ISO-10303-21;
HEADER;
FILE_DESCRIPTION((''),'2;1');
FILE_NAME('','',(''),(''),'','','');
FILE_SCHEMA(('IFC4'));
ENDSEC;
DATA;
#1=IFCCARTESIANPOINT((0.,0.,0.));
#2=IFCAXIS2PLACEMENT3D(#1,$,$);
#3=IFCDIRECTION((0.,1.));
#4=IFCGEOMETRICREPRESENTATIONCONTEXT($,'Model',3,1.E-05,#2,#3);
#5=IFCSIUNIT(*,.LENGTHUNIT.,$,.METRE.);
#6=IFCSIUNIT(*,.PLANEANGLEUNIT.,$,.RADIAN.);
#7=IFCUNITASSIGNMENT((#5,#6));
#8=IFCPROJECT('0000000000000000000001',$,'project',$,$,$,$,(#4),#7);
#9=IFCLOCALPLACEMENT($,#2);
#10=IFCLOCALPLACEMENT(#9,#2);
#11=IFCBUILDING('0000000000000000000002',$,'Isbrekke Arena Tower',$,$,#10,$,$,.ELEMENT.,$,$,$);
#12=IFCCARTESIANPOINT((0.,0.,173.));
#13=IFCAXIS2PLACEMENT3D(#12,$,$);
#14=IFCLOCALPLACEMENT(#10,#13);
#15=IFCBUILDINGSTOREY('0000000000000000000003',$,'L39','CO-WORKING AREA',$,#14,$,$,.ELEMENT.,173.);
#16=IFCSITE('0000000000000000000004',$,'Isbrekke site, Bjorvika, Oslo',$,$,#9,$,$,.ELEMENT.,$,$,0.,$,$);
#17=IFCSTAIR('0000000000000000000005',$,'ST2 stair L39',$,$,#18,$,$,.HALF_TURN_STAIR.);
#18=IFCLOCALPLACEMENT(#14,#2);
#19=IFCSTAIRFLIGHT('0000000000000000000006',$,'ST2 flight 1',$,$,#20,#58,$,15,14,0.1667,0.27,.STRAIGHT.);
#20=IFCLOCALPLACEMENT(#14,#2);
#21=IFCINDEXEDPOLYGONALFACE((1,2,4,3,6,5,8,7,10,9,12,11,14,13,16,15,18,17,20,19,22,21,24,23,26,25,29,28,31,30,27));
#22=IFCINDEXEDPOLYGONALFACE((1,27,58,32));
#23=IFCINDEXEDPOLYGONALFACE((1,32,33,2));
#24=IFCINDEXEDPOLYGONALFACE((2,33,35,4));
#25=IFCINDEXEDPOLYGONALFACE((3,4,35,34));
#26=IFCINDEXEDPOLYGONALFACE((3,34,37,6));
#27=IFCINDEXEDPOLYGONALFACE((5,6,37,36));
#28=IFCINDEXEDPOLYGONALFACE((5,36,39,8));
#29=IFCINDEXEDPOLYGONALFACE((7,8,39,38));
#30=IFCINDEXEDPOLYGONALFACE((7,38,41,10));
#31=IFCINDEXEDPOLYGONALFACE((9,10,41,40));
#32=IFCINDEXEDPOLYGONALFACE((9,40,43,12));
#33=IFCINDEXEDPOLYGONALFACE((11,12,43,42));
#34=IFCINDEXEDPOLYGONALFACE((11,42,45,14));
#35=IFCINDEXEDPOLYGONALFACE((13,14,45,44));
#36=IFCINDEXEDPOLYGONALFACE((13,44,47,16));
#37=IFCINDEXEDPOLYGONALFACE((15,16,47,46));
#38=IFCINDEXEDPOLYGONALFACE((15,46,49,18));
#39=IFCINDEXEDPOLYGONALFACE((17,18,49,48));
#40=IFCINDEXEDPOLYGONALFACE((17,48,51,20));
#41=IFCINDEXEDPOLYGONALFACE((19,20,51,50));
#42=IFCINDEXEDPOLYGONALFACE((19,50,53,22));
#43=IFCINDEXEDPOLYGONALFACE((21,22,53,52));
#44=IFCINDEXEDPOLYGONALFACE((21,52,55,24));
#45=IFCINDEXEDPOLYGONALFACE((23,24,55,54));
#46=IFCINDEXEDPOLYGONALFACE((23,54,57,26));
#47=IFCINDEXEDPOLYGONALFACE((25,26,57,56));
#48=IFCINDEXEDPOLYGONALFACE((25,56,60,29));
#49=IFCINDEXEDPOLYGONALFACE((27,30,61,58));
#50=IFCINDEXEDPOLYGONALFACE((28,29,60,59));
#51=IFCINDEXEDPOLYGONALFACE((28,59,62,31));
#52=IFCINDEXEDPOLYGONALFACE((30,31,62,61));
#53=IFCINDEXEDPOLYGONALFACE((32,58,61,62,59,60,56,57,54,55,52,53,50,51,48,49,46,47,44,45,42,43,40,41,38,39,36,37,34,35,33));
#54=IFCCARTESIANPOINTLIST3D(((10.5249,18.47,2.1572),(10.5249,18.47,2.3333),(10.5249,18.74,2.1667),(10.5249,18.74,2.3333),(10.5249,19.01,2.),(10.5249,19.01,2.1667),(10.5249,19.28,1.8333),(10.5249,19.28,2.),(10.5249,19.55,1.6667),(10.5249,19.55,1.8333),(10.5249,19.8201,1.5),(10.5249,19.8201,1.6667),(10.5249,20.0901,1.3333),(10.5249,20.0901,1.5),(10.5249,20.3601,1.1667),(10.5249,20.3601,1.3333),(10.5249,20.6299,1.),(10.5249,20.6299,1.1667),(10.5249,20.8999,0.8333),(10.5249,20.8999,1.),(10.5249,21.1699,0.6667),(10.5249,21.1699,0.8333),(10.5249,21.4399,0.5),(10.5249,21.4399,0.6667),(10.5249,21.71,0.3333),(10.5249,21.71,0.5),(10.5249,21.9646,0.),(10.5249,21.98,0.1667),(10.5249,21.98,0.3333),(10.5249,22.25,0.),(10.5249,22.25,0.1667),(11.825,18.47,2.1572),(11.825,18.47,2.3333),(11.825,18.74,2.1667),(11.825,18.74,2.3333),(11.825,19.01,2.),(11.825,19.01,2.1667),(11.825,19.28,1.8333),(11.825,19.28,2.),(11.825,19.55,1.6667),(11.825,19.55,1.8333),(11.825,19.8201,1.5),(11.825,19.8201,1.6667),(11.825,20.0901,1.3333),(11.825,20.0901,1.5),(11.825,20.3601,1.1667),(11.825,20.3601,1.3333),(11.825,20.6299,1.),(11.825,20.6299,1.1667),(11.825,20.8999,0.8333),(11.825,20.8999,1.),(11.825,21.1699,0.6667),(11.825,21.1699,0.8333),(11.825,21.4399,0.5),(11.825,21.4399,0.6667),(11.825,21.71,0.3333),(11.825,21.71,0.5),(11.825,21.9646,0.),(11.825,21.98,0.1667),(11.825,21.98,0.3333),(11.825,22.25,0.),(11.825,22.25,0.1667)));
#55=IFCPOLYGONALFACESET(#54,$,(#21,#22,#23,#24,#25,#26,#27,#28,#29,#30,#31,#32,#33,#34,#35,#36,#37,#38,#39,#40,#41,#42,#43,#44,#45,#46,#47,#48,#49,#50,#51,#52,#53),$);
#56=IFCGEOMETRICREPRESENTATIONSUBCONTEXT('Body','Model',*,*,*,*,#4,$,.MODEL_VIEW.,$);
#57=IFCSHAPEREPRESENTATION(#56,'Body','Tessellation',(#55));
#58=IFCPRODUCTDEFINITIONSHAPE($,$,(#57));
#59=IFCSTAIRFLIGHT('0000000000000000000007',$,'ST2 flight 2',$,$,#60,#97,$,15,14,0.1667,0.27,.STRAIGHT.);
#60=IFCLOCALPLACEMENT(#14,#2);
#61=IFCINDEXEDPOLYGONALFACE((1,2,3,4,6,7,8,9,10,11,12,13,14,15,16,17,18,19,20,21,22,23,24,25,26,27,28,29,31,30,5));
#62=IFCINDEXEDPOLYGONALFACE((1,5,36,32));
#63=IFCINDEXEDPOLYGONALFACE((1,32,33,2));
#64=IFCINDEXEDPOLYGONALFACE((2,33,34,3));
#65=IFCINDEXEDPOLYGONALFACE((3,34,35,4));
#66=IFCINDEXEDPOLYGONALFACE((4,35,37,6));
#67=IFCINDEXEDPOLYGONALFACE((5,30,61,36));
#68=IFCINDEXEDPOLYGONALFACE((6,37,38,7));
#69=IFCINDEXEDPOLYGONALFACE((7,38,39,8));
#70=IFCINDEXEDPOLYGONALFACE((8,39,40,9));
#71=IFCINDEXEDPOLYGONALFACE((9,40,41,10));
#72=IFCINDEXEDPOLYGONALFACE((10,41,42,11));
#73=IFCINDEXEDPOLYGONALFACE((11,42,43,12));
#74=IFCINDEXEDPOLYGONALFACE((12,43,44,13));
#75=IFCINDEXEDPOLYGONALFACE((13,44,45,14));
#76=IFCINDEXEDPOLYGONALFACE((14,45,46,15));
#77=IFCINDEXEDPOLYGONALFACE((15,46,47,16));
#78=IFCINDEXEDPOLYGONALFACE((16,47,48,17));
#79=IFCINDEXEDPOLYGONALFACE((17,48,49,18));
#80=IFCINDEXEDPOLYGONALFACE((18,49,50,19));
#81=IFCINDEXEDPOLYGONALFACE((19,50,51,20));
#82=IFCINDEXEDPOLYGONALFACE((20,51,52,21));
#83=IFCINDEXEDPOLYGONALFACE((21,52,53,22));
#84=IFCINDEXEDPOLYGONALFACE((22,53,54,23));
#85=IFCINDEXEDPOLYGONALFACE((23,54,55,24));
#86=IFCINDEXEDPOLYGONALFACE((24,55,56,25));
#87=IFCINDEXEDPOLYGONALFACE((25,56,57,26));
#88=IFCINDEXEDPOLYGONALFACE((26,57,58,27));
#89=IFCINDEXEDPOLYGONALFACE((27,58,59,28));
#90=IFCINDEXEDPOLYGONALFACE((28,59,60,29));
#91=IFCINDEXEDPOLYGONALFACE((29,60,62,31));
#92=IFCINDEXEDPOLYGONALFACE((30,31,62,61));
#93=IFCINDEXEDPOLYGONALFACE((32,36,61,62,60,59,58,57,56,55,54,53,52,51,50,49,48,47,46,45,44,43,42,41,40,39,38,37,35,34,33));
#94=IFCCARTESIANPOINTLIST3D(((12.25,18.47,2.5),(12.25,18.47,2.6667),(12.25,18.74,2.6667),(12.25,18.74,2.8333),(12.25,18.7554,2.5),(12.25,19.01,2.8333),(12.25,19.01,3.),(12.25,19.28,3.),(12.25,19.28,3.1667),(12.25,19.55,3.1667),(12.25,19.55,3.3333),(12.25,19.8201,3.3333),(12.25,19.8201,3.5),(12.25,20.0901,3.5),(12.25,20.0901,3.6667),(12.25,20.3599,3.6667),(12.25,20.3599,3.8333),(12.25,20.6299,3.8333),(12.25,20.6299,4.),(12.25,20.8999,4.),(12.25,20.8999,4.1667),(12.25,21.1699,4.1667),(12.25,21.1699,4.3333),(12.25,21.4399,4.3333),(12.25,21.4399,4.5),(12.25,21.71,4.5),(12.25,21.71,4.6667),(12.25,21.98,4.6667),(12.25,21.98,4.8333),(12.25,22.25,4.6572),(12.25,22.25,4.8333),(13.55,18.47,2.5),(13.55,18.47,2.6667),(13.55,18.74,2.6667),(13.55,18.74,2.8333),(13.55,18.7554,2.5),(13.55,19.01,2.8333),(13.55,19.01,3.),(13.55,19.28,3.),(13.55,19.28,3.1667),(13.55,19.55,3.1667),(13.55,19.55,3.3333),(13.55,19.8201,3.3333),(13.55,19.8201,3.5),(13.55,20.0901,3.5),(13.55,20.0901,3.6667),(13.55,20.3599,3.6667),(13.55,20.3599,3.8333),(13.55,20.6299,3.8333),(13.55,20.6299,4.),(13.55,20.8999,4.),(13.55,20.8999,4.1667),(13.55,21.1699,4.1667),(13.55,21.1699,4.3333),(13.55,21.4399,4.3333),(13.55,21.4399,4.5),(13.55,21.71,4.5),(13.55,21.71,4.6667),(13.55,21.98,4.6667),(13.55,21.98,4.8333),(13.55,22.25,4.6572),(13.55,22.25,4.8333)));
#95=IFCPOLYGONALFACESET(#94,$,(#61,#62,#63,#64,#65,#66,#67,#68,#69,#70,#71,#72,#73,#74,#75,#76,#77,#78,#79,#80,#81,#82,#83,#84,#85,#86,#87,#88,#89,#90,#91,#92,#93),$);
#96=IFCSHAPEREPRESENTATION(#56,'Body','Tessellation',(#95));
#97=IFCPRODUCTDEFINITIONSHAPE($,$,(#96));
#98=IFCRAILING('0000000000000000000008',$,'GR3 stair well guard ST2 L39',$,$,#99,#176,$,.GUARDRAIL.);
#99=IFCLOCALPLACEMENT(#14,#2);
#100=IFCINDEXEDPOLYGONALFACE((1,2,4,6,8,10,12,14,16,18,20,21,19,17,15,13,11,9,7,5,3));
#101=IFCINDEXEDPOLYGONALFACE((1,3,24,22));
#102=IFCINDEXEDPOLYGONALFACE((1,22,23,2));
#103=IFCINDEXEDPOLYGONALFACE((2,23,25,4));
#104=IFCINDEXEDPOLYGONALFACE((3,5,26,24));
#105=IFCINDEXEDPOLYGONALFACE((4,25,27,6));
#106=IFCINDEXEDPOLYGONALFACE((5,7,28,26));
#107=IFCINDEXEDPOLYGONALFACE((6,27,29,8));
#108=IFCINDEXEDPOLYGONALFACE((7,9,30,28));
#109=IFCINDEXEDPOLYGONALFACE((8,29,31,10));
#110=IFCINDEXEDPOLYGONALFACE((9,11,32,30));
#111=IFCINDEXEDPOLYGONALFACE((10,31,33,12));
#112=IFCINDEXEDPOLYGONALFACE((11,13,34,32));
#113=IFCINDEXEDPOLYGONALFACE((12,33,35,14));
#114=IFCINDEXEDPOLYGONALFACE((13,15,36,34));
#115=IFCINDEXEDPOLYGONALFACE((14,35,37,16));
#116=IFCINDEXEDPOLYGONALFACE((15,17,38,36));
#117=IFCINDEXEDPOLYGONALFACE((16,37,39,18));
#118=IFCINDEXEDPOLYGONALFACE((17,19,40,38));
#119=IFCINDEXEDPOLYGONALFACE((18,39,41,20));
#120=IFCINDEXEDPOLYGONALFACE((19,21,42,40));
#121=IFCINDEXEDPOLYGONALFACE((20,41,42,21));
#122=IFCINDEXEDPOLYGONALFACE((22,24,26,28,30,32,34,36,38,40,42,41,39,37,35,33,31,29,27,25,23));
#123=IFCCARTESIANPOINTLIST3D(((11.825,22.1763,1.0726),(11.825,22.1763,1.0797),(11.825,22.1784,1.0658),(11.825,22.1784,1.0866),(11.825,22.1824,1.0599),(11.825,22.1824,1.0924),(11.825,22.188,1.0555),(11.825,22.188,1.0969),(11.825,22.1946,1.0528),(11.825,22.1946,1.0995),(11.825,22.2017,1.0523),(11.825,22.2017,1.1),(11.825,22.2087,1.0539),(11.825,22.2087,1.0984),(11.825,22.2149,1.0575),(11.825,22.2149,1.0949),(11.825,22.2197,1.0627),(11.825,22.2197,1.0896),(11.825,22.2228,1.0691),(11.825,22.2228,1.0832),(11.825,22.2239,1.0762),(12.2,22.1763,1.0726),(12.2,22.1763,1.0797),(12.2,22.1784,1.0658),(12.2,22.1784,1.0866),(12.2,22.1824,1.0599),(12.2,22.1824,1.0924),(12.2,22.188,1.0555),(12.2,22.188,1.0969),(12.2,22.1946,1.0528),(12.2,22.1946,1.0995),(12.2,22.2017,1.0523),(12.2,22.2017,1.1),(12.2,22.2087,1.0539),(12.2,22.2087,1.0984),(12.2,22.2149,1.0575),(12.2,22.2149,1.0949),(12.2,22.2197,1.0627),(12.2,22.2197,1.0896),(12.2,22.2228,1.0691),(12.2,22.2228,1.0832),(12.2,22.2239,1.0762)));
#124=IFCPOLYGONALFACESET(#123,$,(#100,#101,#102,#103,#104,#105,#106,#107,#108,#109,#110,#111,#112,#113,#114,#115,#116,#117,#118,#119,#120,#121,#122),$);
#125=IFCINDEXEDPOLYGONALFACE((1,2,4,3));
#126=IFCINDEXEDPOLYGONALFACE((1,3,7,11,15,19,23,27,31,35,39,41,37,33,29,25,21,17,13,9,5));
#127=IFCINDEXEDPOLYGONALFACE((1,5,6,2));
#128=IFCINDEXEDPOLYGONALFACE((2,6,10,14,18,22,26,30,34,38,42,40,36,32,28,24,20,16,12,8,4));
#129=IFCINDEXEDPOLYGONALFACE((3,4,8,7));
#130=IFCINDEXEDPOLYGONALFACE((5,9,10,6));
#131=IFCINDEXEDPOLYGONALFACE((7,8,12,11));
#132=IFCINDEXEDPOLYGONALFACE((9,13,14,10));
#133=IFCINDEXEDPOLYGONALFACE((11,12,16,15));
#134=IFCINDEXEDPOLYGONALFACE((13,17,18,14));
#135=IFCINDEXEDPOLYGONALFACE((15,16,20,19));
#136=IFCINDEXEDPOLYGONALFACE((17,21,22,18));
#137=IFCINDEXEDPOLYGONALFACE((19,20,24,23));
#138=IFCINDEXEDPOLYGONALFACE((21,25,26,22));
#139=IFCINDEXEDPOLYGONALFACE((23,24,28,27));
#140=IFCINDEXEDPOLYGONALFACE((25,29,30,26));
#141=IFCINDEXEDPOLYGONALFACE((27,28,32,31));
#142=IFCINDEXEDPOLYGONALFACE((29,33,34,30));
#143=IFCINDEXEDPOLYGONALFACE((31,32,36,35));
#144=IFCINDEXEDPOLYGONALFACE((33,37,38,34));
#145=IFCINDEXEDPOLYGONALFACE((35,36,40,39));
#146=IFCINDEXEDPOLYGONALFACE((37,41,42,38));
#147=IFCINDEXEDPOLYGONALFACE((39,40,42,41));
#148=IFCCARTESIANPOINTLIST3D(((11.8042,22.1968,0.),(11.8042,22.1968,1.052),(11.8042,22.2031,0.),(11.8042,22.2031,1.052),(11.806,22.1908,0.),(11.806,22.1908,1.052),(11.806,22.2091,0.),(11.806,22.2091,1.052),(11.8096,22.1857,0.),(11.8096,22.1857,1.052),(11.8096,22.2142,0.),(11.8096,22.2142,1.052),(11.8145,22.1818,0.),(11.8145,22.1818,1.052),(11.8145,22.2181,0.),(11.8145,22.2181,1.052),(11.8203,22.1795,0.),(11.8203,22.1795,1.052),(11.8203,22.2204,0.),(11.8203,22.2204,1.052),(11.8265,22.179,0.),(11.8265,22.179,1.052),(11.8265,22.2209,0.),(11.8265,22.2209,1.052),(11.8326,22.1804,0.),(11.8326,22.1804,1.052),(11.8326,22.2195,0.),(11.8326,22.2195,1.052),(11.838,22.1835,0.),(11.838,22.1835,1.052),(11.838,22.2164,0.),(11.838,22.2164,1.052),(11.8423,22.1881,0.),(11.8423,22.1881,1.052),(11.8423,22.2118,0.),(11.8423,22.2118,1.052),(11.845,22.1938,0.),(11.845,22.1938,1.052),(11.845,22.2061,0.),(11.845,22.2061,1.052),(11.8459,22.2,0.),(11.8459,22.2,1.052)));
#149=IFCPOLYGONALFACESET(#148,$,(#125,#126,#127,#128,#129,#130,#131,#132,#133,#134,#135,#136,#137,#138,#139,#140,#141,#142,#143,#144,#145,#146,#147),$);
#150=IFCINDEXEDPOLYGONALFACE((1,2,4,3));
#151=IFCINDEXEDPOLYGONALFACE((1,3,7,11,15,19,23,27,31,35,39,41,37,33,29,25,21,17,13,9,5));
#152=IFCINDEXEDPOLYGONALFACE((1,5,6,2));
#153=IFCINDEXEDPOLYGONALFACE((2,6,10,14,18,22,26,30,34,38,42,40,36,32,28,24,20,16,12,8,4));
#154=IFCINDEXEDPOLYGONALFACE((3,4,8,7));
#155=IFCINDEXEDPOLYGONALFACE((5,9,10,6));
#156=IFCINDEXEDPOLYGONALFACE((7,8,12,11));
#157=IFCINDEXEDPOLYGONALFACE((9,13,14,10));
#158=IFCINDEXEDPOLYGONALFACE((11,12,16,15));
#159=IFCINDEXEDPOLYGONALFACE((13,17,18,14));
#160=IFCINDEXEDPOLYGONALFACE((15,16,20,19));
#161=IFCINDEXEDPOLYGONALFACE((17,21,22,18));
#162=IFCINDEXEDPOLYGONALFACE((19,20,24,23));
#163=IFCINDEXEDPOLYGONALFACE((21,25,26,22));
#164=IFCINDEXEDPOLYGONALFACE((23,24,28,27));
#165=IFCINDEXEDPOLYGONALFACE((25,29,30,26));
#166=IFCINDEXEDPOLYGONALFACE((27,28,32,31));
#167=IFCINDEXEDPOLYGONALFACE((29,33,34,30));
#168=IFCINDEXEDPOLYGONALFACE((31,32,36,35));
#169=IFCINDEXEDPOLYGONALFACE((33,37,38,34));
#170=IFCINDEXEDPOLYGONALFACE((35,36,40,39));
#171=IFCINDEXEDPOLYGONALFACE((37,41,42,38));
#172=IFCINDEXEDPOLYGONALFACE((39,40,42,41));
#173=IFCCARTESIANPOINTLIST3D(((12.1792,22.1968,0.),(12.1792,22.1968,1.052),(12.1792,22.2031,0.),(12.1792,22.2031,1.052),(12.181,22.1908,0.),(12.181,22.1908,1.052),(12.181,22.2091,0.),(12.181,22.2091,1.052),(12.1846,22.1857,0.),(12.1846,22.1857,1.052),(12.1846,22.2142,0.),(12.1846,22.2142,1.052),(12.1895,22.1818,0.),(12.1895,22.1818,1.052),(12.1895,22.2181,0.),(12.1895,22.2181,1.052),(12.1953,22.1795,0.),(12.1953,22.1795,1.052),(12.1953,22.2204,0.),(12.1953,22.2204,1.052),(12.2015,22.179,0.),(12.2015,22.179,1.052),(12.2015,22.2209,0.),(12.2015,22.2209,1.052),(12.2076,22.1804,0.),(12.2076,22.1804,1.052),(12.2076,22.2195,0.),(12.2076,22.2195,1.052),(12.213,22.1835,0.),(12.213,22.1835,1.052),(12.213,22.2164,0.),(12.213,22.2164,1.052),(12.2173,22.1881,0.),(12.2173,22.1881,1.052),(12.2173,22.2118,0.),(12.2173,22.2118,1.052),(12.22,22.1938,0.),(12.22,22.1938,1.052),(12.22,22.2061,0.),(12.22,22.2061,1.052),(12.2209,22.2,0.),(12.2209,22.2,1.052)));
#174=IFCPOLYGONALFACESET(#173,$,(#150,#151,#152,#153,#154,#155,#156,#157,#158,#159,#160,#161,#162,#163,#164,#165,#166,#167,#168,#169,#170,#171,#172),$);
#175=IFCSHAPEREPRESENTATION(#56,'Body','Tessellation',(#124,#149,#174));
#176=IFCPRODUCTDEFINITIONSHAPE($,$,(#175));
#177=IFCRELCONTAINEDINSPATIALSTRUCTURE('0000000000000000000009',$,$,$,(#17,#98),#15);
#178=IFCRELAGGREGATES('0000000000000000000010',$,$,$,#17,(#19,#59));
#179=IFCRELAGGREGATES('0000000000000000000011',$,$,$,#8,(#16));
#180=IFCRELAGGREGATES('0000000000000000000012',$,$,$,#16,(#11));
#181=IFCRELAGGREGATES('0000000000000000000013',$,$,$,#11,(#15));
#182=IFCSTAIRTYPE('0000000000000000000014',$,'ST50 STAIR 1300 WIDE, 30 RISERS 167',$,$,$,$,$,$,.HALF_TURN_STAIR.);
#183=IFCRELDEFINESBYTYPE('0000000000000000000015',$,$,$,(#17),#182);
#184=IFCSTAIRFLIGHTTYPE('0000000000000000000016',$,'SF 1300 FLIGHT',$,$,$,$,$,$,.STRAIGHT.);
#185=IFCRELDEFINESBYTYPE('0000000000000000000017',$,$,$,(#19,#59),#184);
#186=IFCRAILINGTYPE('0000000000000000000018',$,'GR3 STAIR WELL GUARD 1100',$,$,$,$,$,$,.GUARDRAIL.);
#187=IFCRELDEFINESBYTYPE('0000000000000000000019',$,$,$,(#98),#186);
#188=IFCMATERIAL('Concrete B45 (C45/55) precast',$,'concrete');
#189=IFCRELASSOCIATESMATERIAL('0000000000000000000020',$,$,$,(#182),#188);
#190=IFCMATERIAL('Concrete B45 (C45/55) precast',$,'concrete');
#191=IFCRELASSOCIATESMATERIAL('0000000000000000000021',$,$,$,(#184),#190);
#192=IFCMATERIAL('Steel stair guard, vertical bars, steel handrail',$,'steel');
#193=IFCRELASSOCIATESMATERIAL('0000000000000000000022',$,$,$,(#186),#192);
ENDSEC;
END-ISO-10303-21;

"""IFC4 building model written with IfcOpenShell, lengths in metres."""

from ifc_helpers import new_model, si_unit, direction, frame, origin, origin_2d, place, context, subcontext, project, spatial, polyline, circle, outline, extrude, material, type_object, element, aggregate, save


model = new_model("IFC4")

# Units and contexts
model_context = context("Model", 3, precision=1e-05, world=origin(), true_north=direction((0.0, 1.0)))
body_context = subcontext(model_context, "Body", "Model", "MODEL_VIEW")
ifc_project = project(units=[si_unit("LENGTHUNIT", "METRE"), si_unit("PLANEANGLEUNIT", "RADIAN")], contexts=[model_context])

# Site, building, storey
site_placement = place(None, origin())
site = spatial("IfcSite", under=ifc_project, at=site_placement, Name="Isbrekke site, Bjorvika, Oslo", CompositionType="ELEMENT", RefElevation=0.0)
building_placement = place(site_placement, origin())
building = spatial("IfcBuilding", under=site, at=building_placement, Name="Isbrekke Arena Tower", CompositionType="ELEMENT")
storey_placement = place(building_placement, frame((0.0, 0.0, 173.0)))
storey = spatial("IfcBuildingStorey", under=building, at=storey_placement, Name="L39", Description="CO-WORKING AREA", CompositionType="ELEMENT", Elevation=173.0)

# Stair, stair flights
ifc_material_1 = material(Name="Concrete B45 (C45/55) precast", Category="concrete")
stair_type = type_object("IfcStairType", Name="ST50 STAIR 1300 WIDE, 30 RISERS 167", PredefinedType="HALF_TURN_STAIR", material=ifc_material_1)
stair_placement = place(storey_placement, origin())
stair = element("IfcStair", 1, at=stair_placement, inside=storey, type_object=stair_type, Name="ST2 stair L39", PredefinedType="HALF_TURN_STAIR")
ifc_material_2 = material(Name="Concrete B45 (C45/55) precast", Category="concrete")
stair_flight_type = type_object("IfcStairFlightType", Name="SF 1300 FLIGHT", PredefinedType="STRAIGHT", material=ifc_material_2)
stair_flight_1_placement = place(storey_placement, frame((11.175, 22.25, 0.0), z_axis=(0.0, 0.0, 1.0), x_axis=(0.0, -1.0, 0.0)))
stair_flight_1 = element("IfcStairFlight", 2, at=stair_flight_1_placement, type_object=stair_flight_type, Name="ST2 flight 1", NumberOfRisers=15, NumberOfTreads=14, PredefinedType="STRAIGHT", RiserHeight=0.1667, TreadLength=0.27, context=body_context, shape_type="SweptSolid", body=[
    extrude(outline(polyline([(0.0, 0.0), (0.0, 0.1667), (0.27, 0.1667), (0.27, 0.3333), (0.54, 0.3333), (0.54, 0.5), (0.8101, 0.5), (0.8101, 0.6667), (1.0801, 0.6667), (1.0801, 0.8333), (1.3501, 0.8333), (1.3501, 1.0), (1.6201, 1.0), (1.6201, 1.1667), (1.8899, 1.1667), (1.8899, 1.3333), (2.1599, 1.3333), (2.1599, 1.5), (2.4299, 1.5), (2.4299, 1.6667), (2.7, 1.6667), (2.7, 1.8333), (2.97, 1.8333), (2.97, 2.0), (3.24, 2.0), (3.24, 2.1667), (3.51, 2.1667), (3.51, 2.3333), (3.78, 2.3333), (3.78, 2.5), (3.78, 2.1572), (0.2854, 0.0), (0.0, 0.0)])), frame((0.0, 0.6499, 0.0), z_axis=(0.0, -1.0, 0.0), x_axis=(1.0, 0.0, 0.0)), (0.0, 0.0, 1.0), 1.3),
])
stair_flight_2_placement = place(storey_placement, frame((12.8999, 18.47, 2.5), z_axis=(0.0, 0.0, 1.0), x_axis=(0.0, 1.0, 0.0)))
stair_flight_2 = element("IfcStairFlight", 3, at=stair_flight_2_placement, type_object=stair_flight_type, Name="ST2 flight 2", NumberOfRisers=15, NumberOfTreads=14, PredefinedType="STRAIGHT", RiserHeight=0.1667, TreadLength=0.27, context=body_context, shape_type="SweptSolid", body=[
    extrude(outline(polyline([(0.0, 0.0), (0.0, 0.1667), (0.27, 0.1667), (0.27, 0.3333), (0.54, 0.3333), (0.54, 0.5), (0.8101, 0.5), (0.8101, 0.6667), (1.0801, 0.6667), (1.0801, 0.8333), (1.3501, 0.8333), (1.3501, 1.0), (1.6201, 1.0), (1.6201, 1.1667), (1.8899, 1.1667), (1.8899, 1.3333), (2.1599, 1.3333), (2.1599, 1.5), (2.4299, 1.5), (2.4299, 1.6667), (2.7, 1.6667), (2.7, 1.8333), (2.97, 1.8333), (2.97, 2.0), (3.24, 2.0), (3.24, 2.1667), (3.51, 2.1667), (3.51, 2.3333), (3.78, 2.3333), (3.78, 2.5), (3.78, 2.1572), (0.2854, 0.0), (0.0, 0.0)])), frame((0.0, 0.6499, 0.0), z_axis=(0.0, -1.0, 0.0), x_axis=(1.0, 0.0, 0.0)), (0.0, 0.0, 1.0), 1.3),
])
aggregate(stair, [stair_flight_1, stair_flight_2])

# Railing
ifc_material_3 = material(Name="Steel stair guard, vertical bars, steel handrail", Category="steel")
railing_type = type_object("IfcRailingType", Name="GR3 STAIR WELL GUARD 1100", PredefinedType="GUARDRAIL", material=ifc_material_3)
railing_1_placement = place(storey_placement, frame((11.825, 22.2, 0.0)))
element("IfcRailing", 4, at=railing_1_placement, inside=storey, type_object=railing_type, Name="GR3 stair well guard ST2 L39", PredefinedType="GUARDRAIL", context=body_context, shape_type="SweptSolid", body=[
    extrude(circle(Radius=0.0239, at=origin_2d()), frame((0.0, 0.0, 1.0762), z_axis=(1.0, 0.0, 0.0), x_axis=(0.0, 1.0, 0.0)), (0.0, 0.0, 1.0), 0.375),
    extrude(circle(Radius=0.021, at=origin_2d()), origin(), (0.0, 0.0, 1.0), 1.052),
    extrude(circle(Radius=0.021, at=origin_2d()), frame((0.375, 0.0, 0.0)), (0.0, 0.0, 1.0), 1.052),
])

save(model, "model.ifc")
